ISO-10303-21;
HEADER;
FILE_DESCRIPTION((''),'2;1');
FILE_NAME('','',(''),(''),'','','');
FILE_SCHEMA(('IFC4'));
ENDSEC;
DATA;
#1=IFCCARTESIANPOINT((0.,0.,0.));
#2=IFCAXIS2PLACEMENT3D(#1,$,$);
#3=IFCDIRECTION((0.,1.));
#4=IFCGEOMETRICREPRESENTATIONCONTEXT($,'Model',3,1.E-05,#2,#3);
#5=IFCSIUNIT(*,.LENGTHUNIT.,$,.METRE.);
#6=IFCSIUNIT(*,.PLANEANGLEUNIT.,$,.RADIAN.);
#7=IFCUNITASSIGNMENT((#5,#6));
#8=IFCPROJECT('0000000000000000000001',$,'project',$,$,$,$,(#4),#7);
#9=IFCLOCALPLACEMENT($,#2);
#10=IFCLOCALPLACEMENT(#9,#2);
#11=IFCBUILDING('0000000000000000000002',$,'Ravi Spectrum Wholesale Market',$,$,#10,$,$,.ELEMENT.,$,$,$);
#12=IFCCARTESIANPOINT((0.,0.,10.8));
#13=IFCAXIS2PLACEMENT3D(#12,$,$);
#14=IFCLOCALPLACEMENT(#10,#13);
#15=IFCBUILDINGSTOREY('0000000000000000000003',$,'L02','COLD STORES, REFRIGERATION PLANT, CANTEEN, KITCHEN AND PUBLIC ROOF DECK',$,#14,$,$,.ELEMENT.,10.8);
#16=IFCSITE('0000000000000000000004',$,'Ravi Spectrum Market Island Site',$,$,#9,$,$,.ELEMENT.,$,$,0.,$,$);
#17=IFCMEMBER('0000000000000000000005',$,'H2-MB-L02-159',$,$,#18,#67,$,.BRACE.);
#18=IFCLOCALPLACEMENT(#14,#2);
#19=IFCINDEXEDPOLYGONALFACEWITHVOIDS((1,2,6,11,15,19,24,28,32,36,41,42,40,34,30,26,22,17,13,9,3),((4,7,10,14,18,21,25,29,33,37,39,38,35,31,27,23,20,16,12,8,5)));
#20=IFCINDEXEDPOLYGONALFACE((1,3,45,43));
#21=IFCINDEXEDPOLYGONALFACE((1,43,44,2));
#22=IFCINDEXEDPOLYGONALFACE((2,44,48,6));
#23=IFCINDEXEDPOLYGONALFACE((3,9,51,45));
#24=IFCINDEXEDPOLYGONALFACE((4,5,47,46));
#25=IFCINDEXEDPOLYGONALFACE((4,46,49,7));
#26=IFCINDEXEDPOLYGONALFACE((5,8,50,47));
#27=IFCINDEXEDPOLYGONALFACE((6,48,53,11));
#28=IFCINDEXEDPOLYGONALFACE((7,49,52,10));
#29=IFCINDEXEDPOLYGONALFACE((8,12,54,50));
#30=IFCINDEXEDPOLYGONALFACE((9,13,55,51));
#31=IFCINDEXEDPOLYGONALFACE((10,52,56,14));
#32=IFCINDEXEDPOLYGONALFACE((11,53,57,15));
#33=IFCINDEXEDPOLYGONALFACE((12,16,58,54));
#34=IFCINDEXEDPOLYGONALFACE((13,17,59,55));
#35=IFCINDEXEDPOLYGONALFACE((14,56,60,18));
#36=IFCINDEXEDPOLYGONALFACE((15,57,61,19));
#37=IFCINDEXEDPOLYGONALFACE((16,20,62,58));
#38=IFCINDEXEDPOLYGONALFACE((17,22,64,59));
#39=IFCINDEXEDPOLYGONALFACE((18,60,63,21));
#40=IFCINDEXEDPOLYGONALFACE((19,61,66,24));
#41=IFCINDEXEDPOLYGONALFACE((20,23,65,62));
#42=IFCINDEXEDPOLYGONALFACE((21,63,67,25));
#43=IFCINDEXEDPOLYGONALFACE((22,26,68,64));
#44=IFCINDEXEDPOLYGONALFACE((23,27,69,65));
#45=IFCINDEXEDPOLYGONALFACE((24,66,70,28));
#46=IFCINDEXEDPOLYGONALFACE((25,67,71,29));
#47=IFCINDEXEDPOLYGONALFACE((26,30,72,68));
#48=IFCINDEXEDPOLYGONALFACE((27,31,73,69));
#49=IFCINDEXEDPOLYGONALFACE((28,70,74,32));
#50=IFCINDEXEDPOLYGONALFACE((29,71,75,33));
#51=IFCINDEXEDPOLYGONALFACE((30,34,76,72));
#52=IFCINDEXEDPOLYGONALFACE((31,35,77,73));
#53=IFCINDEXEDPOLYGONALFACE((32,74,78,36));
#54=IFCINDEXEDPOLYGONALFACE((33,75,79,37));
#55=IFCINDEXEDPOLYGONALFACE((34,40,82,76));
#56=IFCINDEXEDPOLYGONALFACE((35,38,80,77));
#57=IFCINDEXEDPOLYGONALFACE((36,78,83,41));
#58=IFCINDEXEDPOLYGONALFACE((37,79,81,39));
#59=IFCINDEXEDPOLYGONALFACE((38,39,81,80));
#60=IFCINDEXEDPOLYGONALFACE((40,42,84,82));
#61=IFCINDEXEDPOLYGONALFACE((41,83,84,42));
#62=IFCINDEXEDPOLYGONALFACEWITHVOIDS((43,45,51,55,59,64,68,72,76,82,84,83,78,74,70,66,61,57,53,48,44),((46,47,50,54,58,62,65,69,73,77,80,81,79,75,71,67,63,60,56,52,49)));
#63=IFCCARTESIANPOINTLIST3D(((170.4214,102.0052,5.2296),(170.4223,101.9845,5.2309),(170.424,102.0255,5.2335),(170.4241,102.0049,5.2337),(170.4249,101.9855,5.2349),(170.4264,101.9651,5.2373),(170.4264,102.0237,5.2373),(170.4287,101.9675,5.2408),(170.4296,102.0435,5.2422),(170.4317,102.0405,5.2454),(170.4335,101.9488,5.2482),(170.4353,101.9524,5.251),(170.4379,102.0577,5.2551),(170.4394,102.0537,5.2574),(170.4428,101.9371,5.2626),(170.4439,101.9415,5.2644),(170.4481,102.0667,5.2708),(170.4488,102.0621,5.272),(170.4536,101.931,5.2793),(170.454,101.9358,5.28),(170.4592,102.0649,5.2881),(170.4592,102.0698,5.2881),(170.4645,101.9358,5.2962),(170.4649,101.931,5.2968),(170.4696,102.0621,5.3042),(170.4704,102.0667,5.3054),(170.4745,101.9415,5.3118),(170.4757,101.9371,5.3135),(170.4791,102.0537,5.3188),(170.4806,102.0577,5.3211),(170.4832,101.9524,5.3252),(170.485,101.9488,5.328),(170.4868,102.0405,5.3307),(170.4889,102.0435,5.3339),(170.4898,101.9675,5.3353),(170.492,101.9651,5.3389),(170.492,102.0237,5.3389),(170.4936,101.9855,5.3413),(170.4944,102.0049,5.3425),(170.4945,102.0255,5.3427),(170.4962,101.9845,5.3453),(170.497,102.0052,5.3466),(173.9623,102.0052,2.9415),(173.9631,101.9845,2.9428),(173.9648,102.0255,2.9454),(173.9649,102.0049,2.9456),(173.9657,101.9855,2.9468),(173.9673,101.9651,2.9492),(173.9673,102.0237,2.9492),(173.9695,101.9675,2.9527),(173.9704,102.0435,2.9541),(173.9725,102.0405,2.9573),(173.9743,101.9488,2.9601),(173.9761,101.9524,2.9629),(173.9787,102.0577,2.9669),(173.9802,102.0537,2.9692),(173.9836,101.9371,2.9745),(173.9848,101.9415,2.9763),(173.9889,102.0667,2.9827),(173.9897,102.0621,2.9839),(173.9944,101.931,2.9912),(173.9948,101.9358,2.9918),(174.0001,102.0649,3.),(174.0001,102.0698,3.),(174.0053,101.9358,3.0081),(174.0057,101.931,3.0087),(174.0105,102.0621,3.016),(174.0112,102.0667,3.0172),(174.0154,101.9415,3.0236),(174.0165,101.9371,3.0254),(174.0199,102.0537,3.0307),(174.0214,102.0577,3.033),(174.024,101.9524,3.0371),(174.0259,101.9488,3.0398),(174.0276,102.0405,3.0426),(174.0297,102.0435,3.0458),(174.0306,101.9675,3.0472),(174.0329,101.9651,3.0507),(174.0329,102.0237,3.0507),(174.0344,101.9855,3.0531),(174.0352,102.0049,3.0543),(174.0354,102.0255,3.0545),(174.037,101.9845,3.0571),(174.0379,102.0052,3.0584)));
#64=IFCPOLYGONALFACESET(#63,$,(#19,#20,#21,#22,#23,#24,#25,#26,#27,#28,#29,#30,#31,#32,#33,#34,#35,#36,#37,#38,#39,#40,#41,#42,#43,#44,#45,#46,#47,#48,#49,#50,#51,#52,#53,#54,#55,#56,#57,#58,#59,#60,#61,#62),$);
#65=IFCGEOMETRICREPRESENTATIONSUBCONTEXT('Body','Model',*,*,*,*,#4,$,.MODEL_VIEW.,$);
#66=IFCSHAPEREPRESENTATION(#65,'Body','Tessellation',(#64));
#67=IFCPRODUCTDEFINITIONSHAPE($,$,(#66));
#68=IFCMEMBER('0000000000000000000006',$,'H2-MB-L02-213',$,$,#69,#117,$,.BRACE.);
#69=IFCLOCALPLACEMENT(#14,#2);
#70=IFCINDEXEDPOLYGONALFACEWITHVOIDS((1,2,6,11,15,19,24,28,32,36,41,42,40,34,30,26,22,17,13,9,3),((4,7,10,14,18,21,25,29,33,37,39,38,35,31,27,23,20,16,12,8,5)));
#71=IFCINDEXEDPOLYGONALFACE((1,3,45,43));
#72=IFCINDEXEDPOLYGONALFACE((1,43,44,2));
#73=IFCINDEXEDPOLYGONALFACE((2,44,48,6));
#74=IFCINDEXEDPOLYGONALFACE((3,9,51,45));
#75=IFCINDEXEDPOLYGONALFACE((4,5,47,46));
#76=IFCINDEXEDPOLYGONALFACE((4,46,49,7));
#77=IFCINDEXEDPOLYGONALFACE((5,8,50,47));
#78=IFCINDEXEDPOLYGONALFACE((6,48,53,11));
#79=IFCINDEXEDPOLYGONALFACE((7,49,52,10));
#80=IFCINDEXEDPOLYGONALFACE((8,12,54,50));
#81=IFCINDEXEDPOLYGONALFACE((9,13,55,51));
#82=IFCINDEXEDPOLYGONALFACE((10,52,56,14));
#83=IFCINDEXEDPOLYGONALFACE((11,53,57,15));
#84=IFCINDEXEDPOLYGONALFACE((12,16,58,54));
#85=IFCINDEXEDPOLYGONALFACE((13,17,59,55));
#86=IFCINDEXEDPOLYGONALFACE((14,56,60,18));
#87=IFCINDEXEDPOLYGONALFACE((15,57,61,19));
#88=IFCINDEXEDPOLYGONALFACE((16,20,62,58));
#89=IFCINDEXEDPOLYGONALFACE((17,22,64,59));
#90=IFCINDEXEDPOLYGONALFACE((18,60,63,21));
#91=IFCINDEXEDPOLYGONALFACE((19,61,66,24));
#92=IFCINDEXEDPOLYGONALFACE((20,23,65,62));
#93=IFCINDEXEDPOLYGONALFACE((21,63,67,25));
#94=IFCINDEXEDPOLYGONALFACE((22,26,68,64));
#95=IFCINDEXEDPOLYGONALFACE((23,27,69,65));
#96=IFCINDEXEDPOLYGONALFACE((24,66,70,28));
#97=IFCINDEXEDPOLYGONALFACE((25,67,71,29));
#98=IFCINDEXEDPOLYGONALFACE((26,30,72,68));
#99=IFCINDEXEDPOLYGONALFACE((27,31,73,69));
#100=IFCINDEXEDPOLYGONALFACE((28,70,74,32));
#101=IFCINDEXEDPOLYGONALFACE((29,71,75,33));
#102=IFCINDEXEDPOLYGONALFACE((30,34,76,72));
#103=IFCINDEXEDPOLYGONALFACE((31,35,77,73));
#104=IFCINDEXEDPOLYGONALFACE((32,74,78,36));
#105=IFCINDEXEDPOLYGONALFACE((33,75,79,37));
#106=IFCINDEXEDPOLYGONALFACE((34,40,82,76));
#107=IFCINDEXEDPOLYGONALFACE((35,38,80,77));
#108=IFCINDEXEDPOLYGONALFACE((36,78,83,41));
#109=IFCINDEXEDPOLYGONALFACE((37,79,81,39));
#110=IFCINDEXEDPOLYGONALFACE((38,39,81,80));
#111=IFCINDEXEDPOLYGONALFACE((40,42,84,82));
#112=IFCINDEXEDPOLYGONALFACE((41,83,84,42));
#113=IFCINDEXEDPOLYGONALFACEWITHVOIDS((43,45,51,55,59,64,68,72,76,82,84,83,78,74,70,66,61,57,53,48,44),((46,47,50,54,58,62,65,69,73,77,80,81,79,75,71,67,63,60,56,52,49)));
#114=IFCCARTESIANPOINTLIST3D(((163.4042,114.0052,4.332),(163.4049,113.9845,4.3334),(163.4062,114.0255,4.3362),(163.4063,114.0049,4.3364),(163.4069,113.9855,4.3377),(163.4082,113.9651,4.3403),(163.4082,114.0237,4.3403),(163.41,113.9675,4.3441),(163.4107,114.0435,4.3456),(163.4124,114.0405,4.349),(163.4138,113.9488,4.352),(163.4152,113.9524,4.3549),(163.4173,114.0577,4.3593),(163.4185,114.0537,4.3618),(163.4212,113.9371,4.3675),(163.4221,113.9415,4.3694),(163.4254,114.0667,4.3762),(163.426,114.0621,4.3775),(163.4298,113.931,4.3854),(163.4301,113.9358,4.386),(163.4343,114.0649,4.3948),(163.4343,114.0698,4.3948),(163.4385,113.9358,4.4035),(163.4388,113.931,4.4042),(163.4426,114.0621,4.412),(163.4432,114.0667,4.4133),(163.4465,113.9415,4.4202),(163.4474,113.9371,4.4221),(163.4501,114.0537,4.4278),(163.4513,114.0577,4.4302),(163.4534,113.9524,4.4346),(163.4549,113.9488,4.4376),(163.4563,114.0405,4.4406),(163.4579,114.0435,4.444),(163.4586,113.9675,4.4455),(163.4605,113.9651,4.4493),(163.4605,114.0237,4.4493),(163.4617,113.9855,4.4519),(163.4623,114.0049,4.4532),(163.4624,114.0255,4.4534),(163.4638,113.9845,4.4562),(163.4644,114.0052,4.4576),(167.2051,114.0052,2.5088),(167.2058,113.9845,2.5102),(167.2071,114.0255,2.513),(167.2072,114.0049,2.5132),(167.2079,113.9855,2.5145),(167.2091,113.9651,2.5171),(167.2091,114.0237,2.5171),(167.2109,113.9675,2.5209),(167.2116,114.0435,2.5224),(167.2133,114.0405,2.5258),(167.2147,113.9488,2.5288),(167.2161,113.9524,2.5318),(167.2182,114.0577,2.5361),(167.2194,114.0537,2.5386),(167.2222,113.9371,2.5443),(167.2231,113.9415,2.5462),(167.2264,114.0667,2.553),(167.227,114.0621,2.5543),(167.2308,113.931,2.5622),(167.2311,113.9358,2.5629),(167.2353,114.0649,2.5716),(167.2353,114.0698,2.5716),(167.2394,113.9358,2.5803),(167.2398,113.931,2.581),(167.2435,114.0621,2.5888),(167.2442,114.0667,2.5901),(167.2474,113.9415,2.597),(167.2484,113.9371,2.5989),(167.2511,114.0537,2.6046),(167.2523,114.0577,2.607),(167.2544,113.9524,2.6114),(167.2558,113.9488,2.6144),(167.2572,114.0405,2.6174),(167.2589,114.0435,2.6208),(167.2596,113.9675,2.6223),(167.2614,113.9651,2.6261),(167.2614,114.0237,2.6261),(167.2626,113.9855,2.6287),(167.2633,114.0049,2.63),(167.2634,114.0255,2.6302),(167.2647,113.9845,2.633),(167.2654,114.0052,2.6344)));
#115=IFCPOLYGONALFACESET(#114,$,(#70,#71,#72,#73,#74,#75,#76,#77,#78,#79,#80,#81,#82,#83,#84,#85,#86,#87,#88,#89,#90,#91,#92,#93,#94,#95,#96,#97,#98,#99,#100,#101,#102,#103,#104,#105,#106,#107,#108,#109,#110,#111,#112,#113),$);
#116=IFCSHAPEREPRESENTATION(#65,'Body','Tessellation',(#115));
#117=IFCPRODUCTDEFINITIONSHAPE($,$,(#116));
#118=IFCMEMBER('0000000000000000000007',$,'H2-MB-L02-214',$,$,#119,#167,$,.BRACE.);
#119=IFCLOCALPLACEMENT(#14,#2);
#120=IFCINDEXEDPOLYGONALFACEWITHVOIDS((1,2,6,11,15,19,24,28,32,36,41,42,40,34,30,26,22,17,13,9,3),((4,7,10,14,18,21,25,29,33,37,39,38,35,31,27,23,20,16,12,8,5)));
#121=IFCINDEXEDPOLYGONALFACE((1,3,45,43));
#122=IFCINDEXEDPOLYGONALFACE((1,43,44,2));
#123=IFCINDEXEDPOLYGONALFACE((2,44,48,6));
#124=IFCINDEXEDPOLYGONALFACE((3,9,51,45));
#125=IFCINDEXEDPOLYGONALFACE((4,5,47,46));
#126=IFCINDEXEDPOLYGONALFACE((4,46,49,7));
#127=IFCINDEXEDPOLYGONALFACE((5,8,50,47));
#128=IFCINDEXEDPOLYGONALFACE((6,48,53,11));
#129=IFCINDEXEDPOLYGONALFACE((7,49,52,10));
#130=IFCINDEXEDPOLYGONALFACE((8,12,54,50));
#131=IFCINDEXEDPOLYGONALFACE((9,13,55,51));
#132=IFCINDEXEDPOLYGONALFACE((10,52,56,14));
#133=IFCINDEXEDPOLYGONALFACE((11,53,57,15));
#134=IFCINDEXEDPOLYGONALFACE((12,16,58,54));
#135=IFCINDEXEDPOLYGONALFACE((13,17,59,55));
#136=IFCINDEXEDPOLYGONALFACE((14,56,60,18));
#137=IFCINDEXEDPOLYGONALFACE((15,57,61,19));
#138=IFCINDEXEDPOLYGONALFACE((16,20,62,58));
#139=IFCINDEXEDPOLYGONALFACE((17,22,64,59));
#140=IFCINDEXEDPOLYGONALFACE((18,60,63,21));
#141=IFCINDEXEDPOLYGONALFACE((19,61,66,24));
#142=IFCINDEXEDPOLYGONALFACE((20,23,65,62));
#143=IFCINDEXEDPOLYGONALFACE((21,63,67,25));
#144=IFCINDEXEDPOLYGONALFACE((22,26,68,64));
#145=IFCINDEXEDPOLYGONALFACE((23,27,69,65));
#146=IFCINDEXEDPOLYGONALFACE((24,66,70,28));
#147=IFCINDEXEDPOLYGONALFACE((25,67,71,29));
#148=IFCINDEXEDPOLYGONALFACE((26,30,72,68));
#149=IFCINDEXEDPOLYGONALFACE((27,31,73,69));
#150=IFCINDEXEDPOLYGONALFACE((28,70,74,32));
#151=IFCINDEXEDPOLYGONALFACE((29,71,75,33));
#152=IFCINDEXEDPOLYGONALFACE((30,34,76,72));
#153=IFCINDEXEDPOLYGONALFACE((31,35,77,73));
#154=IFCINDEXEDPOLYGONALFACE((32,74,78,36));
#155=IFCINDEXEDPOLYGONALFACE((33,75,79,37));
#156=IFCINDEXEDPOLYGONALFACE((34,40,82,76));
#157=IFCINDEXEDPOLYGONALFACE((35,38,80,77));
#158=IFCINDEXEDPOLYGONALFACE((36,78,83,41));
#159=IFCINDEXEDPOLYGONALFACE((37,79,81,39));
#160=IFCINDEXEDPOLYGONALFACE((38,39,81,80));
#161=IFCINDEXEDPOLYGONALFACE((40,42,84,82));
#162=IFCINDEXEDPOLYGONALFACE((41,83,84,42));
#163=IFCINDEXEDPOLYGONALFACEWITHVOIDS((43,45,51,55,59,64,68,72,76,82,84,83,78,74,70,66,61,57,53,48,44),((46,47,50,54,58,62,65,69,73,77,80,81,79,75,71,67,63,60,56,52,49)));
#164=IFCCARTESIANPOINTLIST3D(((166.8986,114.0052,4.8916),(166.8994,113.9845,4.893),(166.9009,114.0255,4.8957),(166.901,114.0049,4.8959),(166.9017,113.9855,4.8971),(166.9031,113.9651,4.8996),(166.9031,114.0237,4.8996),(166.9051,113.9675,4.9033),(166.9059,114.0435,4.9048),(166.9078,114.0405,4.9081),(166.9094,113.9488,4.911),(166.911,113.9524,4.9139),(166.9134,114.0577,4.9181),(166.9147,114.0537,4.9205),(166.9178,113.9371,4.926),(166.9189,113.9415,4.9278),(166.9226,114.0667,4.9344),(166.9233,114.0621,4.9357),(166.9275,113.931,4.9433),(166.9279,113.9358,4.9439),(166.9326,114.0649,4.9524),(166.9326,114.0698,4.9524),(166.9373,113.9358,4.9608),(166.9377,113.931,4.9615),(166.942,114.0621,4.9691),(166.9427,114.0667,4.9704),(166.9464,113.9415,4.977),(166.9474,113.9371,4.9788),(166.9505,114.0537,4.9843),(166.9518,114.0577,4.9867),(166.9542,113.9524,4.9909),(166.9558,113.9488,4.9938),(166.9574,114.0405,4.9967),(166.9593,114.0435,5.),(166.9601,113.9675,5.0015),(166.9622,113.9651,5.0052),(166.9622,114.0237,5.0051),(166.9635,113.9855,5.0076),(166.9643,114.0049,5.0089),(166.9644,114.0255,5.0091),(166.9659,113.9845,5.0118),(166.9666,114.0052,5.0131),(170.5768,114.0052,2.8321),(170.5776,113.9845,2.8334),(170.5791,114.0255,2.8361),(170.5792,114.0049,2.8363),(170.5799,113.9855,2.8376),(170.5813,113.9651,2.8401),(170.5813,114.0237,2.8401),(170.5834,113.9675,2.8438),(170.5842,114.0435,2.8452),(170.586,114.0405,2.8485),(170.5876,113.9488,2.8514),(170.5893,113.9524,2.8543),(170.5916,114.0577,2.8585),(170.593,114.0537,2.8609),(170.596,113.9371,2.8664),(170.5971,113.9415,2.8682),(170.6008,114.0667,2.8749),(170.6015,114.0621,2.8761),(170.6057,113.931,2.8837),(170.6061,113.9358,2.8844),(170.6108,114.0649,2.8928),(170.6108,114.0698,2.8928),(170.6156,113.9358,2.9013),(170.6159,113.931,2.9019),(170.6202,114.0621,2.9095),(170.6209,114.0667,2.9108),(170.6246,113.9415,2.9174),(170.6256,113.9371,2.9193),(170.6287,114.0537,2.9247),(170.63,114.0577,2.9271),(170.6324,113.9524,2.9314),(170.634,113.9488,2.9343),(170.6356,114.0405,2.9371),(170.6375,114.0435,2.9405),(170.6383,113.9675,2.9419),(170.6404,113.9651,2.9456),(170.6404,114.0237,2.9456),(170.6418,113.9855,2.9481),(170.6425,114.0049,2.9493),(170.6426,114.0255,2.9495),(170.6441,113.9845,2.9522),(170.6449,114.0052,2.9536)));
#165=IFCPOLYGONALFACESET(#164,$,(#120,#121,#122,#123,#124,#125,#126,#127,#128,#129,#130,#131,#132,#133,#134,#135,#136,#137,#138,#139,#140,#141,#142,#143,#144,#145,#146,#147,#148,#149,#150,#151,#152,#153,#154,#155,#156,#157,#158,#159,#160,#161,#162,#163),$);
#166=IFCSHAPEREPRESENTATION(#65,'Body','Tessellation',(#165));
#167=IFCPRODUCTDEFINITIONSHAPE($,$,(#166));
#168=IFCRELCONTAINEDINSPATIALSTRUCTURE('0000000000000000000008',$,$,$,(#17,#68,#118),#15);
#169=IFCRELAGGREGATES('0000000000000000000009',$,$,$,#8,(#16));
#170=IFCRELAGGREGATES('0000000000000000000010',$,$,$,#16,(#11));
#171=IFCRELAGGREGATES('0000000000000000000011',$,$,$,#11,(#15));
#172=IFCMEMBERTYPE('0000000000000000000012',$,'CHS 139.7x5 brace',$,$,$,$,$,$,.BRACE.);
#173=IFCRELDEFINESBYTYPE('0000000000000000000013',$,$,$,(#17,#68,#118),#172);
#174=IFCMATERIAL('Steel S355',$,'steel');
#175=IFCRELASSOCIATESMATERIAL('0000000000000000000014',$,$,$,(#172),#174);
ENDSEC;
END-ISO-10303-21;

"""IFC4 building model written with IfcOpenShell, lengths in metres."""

from ifc_helpers import new_model, si_unit, direction, frame, origin, origin_2d, place, context, subcontext, project, spatial, hollow_circle, extrude, material, material_profile, profile_set, type_object, element, save


model = new_model("IFC4")

# Units and contexts
model_context = context("Model", 3, precision=1e-05, world=origin(), true_north=direction((0.0, 1.0)))
body_context = subcontext(model_context, "Body", "Model", "MODEL_VIEW")
ifc_project = project(units=[si_unit("LENGTHUNIT", "METRE"), si_unit("PLANEANGLEUNIT", "RADIAN")], contexts=[model_context])

# Site, building, storey
site_placement = place(None, origin())
site = spatial("IfcSite", under=ifc_project, at=site_placement, Name="Ravi Spectrum Market Island Site", CompositionType="ELEMENT", RefElevation=0.0)
building_placement = place(site_placement, origin())
building = spatial("IfcBuilding", under=site, at=building_placement, Name="Ravi Spectrum Wholesale Market", CompositionType="ELEMENT")
storey_placement = place(building_placement, frame((0.0, 0.0, 10.8)))
storey = spatial("IfcBuildingStorey", under=building, at=storey_placement, Name="L02", Description="COLD STORES, REFRIGERATION PLANT, CANTEEN, KITCHEN AND PUBLIC ROOF DECK", CompositionType="ELEMENT", Elevation=10.8)

# Members
ifc_material_1 = material(Name="Steel S355", Category="steel")
ifc_material_profile_1 = material_profile(ifc_material_1, hollow_circle(Radius=0.0698, WallThickness=0.0049, at=origin_2d()))
ifc_profile_set_1 = profile_set([ifc_material_profile_1], Name="Steel S355")
member_type_1 = type_object("IfcMemberType", Name="CHS 139.7x5 brace", PredefinedType="BRACE", material=ifc_profile_set_1)
member_1_placement = place(storey_placement, frame((170.4592, 102.0, 5.2881), z_axis=(0.839895, 0.0, -0.542749), x_axis=(0.0, 1.0, 0.0)))
element("IfcMember", 1, at=member_1_placement, inside=storey, type_object=member_type_1, Name="H2-MB-L02-159", PredefinedType="BRACE", context=body_context, shape_type="SweptSolid", body=[
    extrude(hollow_circle(Radius=0.0698, WallThickness=0.0049, at=origin_2d()), origin(), (0.0, 0.0, 1.0), 4.2158),
])
for number, where, z_axis, x_axis, name in (
    (2, (163.4343, 114.0, 4.3948), (0.901639, 0.0, -0.43249), (0.0, 1.0, 0.0), "H2-MB-L02-213"),
    (3, (166.9326, 114.0, 4.9524), (0.87253, 0.0, -0.488561), (0.0, 1.0, 0.0), "H2-MB-L02-214"),
):
    element("IfcMember", number, at=place(storey_placement, frame(where, z_axis=z_axis, x_axis=x_axis)), inside=storey, type_object=member_type_1, Name=name, PredefinedType="BRACE", context=body_context, shape_type="SweptSolid", body=[
        extrude(hollow_circle(Radius=0.0698, WallThickness=0.0049, at=origin_2d()), origin(), (0.0, 0.0, 1.0), 4.2156),
    ])

save(model, "model.ifc")
